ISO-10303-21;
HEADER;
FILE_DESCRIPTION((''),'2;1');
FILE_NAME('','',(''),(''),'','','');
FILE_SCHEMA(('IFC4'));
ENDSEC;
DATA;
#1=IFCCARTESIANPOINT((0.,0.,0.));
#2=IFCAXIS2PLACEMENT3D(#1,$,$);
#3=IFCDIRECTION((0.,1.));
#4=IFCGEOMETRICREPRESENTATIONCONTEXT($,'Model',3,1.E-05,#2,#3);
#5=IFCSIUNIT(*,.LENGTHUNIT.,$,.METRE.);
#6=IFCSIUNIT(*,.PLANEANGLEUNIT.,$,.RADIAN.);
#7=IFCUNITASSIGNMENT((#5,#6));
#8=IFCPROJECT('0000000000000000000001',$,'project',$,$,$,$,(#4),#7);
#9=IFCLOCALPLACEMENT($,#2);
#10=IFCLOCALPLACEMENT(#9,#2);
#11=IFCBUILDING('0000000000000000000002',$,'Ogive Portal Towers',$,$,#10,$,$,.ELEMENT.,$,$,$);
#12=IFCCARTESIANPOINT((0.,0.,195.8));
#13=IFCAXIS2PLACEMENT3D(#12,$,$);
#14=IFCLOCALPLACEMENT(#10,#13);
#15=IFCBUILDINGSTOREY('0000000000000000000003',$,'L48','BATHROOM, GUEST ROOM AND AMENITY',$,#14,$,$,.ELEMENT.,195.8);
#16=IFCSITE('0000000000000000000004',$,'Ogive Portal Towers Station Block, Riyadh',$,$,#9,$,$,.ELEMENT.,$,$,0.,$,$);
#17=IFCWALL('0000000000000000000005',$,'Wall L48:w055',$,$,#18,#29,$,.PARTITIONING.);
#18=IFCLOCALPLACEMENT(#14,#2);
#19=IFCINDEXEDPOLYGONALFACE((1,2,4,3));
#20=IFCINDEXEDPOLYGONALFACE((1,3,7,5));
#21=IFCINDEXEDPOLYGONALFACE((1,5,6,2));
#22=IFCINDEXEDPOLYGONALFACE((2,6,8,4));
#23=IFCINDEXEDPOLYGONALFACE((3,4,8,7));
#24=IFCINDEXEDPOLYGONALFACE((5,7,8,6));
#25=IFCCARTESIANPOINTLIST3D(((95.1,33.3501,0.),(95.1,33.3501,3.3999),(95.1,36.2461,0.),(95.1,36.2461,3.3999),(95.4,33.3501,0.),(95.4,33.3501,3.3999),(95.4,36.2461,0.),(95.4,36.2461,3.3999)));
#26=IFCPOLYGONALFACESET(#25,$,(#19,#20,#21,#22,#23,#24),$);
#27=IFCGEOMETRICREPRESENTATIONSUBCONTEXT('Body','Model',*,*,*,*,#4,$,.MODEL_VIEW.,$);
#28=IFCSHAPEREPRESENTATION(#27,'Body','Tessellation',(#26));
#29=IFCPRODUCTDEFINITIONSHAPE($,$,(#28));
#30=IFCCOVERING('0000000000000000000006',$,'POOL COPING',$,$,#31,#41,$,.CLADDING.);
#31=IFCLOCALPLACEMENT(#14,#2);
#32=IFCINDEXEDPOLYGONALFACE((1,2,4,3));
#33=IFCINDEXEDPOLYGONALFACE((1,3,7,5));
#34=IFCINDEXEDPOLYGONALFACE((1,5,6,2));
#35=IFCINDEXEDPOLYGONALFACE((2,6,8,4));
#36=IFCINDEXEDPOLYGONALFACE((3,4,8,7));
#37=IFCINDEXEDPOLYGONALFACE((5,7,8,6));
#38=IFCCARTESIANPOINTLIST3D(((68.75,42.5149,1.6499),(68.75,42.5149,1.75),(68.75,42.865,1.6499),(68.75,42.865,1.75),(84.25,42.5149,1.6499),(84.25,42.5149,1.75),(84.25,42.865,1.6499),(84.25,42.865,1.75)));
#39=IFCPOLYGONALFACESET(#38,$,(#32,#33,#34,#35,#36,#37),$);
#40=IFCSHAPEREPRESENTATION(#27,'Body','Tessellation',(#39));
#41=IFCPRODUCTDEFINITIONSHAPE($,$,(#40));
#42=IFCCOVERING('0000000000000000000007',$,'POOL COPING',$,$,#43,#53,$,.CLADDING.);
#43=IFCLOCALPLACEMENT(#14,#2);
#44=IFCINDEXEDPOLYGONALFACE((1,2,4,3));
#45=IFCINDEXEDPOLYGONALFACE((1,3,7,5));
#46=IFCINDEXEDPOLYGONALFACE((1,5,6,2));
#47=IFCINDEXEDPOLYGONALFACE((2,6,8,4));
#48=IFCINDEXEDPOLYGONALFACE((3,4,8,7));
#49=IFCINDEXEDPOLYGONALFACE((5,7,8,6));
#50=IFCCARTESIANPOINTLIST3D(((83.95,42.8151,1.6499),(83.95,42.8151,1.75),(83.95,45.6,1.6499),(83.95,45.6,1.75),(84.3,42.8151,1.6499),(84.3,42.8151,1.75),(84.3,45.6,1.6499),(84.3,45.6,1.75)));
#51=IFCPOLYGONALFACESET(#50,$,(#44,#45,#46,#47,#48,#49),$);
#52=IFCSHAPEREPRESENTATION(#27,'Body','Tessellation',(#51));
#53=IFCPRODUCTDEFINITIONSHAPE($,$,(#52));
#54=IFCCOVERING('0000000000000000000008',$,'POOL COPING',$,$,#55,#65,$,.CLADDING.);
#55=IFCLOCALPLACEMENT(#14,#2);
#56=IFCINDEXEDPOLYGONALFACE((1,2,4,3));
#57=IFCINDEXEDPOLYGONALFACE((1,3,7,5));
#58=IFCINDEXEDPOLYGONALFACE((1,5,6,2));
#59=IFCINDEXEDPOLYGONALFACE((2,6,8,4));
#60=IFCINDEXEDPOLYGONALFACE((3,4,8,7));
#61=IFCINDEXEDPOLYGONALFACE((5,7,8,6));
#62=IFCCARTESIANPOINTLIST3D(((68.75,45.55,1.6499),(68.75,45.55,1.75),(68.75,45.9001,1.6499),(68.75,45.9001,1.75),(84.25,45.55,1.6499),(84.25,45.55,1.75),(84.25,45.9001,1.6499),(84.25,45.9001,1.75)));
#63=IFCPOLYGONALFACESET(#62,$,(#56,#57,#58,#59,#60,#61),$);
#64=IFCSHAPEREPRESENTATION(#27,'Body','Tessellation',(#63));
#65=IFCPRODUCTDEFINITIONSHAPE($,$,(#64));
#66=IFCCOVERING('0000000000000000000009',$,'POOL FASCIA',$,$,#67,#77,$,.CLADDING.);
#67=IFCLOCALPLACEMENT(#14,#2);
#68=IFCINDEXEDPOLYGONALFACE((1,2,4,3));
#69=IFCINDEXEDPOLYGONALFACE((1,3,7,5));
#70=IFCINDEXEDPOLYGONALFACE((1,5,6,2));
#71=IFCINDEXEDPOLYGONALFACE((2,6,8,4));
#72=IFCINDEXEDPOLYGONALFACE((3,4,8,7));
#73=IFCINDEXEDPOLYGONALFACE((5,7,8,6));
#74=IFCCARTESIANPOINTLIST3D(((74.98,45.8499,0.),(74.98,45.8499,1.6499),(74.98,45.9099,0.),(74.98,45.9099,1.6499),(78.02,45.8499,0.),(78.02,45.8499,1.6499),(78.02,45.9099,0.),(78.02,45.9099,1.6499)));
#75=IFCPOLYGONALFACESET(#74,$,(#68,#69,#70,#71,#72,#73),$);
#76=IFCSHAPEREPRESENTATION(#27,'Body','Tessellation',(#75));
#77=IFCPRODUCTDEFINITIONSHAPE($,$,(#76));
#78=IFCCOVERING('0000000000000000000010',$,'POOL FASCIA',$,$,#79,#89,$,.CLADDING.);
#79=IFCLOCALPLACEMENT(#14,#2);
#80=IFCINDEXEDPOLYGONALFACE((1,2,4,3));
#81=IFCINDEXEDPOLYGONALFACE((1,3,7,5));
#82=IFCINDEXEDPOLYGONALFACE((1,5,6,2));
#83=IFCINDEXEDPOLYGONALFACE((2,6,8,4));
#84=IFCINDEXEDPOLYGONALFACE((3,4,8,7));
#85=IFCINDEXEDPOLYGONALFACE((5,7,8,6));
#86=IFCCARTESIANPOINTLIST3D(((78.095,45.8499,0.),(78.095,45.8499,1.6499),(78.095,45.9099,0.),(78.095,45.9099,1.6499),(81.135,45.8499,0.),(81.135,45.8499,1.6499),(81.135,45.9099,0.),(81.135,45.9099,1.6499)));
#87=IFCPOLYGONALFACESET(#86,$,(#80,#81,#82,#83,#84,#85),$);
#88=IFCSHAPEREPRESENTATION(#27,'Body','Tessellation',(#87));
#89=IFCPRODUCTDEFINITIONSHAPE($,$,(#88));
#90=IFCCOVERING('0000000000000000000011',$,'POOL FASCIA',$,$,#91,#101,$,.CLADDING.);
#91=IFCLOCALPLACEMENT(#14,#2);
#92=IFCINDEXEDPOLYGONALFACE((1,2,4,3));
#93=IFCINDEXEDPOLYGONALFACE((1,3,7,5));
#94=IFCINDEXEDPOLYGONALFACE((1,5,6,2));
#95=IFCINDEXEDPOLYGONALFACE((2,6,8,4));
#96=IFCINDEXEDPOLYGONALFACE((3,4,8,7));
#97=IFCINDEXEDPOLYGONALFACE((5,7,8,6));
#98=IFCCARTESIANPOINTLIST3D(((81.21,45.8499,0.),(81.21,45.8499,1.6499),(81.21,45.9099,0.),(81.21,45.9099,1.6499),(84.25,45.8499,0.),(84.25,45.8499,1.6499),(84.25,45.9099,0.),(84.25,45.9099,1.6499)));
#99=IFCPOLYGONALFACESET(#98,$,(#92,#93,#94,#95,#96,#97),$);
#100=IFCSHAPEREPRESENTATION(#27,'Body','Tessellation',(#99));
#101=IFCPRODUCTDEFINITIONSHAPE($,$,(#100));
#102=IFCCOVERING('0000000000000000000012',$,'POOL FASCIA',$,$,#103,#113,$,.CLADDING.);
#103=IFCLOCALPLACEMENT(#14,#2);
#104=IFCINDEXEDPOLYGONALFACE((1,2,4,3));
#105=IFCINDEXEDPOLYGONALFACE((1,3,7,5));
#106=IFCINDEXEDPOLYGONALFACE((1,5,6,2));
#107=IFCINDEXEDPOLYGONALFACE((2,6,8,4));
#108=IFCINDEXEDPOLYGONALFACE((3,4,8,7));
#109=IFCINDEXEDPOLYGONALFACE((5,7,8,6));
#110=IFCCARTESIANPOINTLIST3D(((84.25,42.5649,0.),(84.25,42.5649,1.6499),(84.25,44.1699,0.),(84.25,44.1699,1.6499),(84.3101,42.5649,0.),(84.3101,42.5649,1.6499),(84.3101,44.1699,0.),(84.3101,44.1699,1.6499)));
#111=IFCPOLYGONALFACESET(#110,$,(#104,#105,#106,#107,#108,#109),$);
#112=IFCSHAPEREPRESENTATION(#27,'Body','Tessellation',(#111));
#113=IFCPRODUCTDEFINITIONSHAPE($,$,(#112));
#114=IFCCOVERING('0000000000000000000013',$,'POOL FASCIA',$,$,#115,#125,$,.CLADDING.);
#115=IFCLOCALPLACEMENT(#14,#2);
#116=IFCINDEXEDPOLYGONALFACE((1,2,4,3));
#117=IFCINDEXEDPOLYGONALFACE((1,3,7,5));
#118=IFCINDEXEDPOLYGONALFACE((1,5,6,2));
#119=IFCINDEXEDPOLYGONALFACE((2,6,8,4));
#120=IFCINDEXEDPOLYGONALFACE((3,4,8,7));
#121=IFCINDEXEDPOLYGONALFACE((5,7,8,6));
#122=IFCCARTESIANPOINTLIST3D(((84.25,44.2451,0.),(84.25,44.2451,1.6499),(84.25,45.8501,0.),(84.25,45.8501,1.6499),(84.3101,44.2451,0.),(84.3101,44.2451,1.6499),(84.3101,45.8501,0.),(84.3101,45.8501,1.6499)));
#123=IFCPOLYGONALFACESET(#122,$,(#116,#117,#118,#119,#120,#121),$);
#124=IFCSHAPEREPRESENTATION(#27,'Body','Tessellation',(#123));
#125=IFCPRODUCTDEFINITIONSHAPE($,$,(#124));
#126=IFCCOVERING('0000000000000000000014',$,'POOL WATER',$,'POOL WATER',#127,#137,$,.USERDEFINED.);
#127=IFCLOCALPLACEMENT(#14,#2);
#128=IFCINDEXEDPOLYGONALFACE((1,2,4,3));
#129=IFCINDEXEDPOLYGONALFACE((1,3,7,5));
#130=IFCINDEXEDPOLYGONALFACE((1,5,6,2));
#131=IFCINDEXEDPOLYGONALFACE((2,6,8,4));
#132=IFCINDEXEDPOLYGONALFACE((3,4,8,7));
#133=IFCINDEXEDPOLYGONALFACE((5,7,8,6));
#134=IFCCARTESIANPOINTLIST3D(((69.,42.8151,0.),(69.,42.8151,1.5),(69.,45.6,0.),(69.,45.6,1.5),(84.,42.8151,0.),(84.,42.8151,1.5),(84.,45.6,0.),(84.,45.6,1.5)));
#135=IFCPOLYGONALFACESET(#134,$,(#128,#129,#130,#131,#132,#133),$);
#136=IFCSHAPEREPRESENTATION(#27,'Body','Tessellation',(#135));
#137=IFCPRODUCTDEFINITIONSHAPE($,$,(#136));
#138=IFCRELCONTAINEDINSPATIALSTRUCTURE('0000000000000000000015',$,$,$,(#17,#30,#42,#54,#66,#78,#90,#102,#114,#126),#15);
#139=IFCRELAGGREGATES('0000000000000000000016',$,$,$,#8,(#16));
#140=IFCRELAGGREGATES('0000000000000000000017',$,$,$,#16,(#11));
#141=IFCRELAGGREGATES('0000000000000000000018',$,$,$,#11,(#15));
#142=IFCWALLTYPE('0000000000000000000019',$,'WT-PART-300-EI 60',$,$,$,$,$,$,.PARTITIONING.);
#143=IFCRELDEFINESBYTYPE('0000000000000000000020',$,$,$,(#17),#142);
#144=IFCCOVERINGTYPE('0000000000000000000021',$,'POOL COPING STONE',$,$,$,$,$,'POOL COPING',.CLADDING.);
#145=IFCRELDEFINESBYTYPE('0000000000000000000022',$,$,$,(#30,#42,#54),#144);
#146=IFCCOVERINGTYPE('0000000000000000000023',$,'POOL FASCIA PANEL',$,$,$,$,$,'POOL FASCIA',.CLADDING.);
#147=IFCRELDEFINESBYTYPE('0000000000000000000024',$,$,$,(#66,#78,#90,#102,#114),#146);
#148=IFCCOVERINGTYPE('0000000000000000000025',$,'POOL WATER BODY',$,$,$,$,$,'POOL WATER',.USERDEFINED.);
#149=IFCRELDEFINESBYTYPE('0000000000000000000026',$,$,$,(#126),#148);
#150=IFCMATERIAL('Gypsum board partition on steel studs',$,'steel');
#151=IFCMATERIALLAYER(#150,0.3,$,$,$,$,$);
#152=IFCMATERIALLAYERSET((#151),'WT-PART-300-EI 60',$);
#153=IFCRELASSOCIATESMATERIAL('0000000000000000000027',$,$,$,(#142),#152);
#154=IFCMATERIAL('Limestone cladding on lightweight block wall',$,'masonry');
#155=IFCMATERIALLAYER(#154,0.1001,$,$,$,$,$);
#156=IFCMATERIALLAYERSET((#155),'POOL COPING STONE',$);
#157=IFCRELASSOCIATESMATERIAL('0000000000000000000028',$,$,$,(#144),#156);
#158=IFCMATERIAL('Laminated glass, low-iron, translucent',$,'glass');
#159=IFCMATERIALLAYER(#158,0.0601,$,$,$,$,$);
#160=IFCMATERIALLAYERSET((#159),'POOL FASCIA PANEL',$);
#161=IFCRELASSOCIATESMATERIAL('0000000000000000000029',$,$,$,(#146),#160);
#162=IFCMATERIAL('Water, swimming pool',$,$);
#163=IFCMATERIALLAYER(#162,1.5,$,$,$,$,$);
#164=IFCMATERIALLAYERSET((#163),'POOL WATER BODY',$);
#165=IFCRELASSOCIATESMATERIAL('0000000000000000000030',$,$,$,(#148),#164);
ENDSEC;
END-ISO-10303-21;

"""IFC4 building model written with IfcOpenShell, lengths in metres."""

from ifc_helpers import new_model, si_unit, direction, frame, frame_2d, origin, origin_2d, place, context, subcontext, project, spatial, rectangle, extrude, material, layer, layer_set, type_object, element, save


model = new_model("IFC4")

# Units and contexts
model_context = context("Model", 3, precision=1e-05, world=origin(), true_north=direction((0.0, 1.0)))
body_context = subcontext(model_context, "Body", "Model", "MODEL_VIEW")
ifc_project = project(units=[si_unit("LENGTHUNIT", "METRE"), si_unit("PLANEANGLEUNIT", "RADIAN")], contexts=[model_context])

# Site, building, storey
site_placement = place(None, origin())
site = spatial("IfcSite", under=ifc_project, at=site_placement, Name="Ogive Portal Towers Station Block, Riyadh", CompositionType="ELEMENT", RefElevation=0.0)
building_placement = place(site_placement, origin())
building = spatial("IfcBuilding", under=site, at=building_placement, Name="Ogive Portal Towers", CompositionType="ELEMENT")
storey_placement = place(building_placement, frame((0.0, 0.0, 195.8)))
storey = spatial("IfcBuildingStorey", under=building, at=storey_placement, Name="L48", Description="BATHROOM, GUEST ROOM AND AMENITY", CompositionType="ELEMENT", Elevation=195.8)

# Shared definitions
ifc_material_1 = material(Name="Gypsum board partition on steel studs", Category="steel")

# Shared definitions
ifc_layer_1 = layer(ifc_material_1, 0.3)
ifc_layer_set_1 = layer_set([ifc_layer_1], Name="WT-PART-300-EI 60")
wall_type_1 = type_object("IfcWallType", Name="WT-PART-300-EI 60", PredefinedType="PARTITIONING", material=ifc_layer_set_1)

# Wall
wall_1_placement = place(storey_placement, frame((95.25, 33.3501, 0.0), z_axis=(0.0, 0.0, 1.0), x_axis=(0.0, 1.0, 0.0)))
element("IfcWall", 1, at=wall_1_placement, inside=storey, type_object=wall_type_1, Name="Wall L48:w055", PredefinedType="PARTITIONING", context=body_context, shape_type="SweptSolid", body=[
    extrude(rectangle(XDim=2.896, YDim=0.3, at=frame_2d((1.448, 0.0))), origin(), (0.0, 0.0, 1.0), 3.3999),
])

# Coverings
ifc_material_2 = material(Name="Limestone cladding on lightweight block wall", Category="masonry")
ifc_layer_2 = layer(ifc_material_2, 0.1001)
ifc_layer_set_2 = layer_set([ifc_layer_2], Name="POOL COPING STONE")
covering_type_1 = type_object("IfcCoveringType", Name="POOL COPING STONE", ElementType="POOL COPING", PredefinedType="CLADDING", material=ifc_layer_set_2)
covering_1_placement = place(storey_placement, frame((76.5, 42.6899, 1.6499), z_axis=(0.0, 0.0, 1.0), x_axis=(1.0, 0.0, 0.0)))
element("IfcCovering", 2, at=covering_1_placement, inside=storey, type_object=covering_type_1, Name="POOL COPING", PredefinedType="CLADDING", context=body_context, shape_type="SweptSolid", body=[
    extrude(rectangle(XDim=15.5, YDim=0.3501, at=origin_2d()), origin(), (0.0, 0.0, 1.0), 0.1001),
])
covering_2_placement = place(storey_placement, frame((84.125, 44.2075, 1.6499), z_axis=(0.0, 0.0, 1.0), x_axis=(1.0, 0.0, 0.0)))
element("IfcCovering", 3, at=covering_2_placement, inside=storey, type_object=covering_type_1, Name="POOL COPING", PredefinedType="CLADDING", context=body_context, shape_type="SweptSolid", body=[
    extrude(rectangle(XDim=0.3501, YDim=2.7849, at=origin_2d()), origin(), (0.0, 0.0, 1.0), 0.1001),
])
covering_3_placement = place(storey_placement, frame((76.5, 45.7251, 1.6499), z_axis=(0.0, 0.0, 1.0), x_axis=(1.0, 0.0, 0.0)))
element("IfcCovering", 4, at=covering_3_placement, inside=storey, type_object=covering_type_1, Name="POOL COPING", PredefinedType="CLADDING", context=body_context, shape_type="SweptSolid", body=[
    extrude(rectangle(XDim=15.5, YDim=0.3501, at=origin_2d()), origin(), (0.0, 0.0, 1.0), 0.1001),
])
ifc_material_3 = material(Name="Laminated glass, low-iron, translucent", Category="glass")
ifc_layer_3 = layer(ifc_material_3, 0.0601)
ifc_layer_set_3 = layer_set([ifc_layer_3], Name="POOL FASCIA PANEL")
covering_type_2 = type_object("IfcCoveringType", Name="POOL FASCIA PANEL", ElementType="POOL FASCIA", PredefinedType="CLADDING", material=ifc_layer_set_3)
for number, where, z_axis, x_axis, name in (
    (5, (76.5, 45.8799, 0.0), (0.0, 0.0, 1.0), (1.0, 0.0, 0.0), "POOL FASCIA"),
    (6, (79.615, 45.8799, 0.0), (0.0, 0.0, 1.0), (1.0, 0.0, 0.0), "POOL FASCIA"),
    (7, (82.73, 45.8799, 0.0), (0.0, 0.0, 1.0), (1.0, 0.0, 0.0), "POOL FASCIA"),
):
    element("IfcCovering", number, at=place(storey_placement, frame(where, z_axis=z_axis, x_axis=x_axis)), inside=storey, type_object=covering_type_2, Name=name, PredefinedType="CLADDING", context=body_context, shape_type="SweptSolid", body=[
        extrude(rectangle(XDim=3.04, YDim=0.0601, at=origin_2d()), origin(), (0.0, 0.0, 1.0), 1.6499),
    ])
for number, where, z_axis, x_axis, name in (
    (8, (84.28, 43.3674, 0.0), (0.0, 0.0, 1.0), (1.0, 0.0, 0.0), "POOL FASCIA"),
    (9, (84.28, 45.0476, 0.0), (0.0, 0.0, 1.0), (1.0, 0.0, 0.0), "POOL FASCIA"),
):
    element("IfcCovering", number, at=place(storey_placement, frame(where, z_axis=z_axis, x_axis=x_axis)), inside=storey, type_object=covering_type_2, Name=name, PredefinedType="CLADDING", context=body_context, shape_type="SweptSolid", body=[
        extrude(rectangle(XDim=0.0601, YDim=1.605, at=origin_2d()), origin(), (0.0, 0.0, 1.0), 1.6499),
    ])
ifc_material_4 = material(Name="Water, swimming pool")
ifc_layer_4 = layer(ifc_material_4, 1.5)
ifc_layer_set_4 = layer_set([ifc_layer_4], Name="POOL WATER BODY")
covering_type_3 = type_object("IfcCoveringType", Name="POOL WATER BODY", ElementType="POOL WATER", PredefinedType="USERDEFINED", material=ifc_layer_set_4)
covering_4_placement = place(storey_placement, frame((76.5, 44.2075, 0.0), z_axis=(0.0, 0.0, 1.0), x_axis=(1.0, 0.0, 0.0)))
element("IfcCovering", 10, at=covering_4_placement, inside=storey, type_object=covering_type_3, Name="POOL WATER", ObjectType="POOL WATER", PredefinedType="USERDEFINED", context=body_context, shape_type="SweptSolid", body=[
    extrude(rectangle(XDim=15.0, YDim=2.7849, at=origin_2d()), origin(), (0.0, 0.0, 1.0), 1.5),
])

save(model, "model.ifc")
